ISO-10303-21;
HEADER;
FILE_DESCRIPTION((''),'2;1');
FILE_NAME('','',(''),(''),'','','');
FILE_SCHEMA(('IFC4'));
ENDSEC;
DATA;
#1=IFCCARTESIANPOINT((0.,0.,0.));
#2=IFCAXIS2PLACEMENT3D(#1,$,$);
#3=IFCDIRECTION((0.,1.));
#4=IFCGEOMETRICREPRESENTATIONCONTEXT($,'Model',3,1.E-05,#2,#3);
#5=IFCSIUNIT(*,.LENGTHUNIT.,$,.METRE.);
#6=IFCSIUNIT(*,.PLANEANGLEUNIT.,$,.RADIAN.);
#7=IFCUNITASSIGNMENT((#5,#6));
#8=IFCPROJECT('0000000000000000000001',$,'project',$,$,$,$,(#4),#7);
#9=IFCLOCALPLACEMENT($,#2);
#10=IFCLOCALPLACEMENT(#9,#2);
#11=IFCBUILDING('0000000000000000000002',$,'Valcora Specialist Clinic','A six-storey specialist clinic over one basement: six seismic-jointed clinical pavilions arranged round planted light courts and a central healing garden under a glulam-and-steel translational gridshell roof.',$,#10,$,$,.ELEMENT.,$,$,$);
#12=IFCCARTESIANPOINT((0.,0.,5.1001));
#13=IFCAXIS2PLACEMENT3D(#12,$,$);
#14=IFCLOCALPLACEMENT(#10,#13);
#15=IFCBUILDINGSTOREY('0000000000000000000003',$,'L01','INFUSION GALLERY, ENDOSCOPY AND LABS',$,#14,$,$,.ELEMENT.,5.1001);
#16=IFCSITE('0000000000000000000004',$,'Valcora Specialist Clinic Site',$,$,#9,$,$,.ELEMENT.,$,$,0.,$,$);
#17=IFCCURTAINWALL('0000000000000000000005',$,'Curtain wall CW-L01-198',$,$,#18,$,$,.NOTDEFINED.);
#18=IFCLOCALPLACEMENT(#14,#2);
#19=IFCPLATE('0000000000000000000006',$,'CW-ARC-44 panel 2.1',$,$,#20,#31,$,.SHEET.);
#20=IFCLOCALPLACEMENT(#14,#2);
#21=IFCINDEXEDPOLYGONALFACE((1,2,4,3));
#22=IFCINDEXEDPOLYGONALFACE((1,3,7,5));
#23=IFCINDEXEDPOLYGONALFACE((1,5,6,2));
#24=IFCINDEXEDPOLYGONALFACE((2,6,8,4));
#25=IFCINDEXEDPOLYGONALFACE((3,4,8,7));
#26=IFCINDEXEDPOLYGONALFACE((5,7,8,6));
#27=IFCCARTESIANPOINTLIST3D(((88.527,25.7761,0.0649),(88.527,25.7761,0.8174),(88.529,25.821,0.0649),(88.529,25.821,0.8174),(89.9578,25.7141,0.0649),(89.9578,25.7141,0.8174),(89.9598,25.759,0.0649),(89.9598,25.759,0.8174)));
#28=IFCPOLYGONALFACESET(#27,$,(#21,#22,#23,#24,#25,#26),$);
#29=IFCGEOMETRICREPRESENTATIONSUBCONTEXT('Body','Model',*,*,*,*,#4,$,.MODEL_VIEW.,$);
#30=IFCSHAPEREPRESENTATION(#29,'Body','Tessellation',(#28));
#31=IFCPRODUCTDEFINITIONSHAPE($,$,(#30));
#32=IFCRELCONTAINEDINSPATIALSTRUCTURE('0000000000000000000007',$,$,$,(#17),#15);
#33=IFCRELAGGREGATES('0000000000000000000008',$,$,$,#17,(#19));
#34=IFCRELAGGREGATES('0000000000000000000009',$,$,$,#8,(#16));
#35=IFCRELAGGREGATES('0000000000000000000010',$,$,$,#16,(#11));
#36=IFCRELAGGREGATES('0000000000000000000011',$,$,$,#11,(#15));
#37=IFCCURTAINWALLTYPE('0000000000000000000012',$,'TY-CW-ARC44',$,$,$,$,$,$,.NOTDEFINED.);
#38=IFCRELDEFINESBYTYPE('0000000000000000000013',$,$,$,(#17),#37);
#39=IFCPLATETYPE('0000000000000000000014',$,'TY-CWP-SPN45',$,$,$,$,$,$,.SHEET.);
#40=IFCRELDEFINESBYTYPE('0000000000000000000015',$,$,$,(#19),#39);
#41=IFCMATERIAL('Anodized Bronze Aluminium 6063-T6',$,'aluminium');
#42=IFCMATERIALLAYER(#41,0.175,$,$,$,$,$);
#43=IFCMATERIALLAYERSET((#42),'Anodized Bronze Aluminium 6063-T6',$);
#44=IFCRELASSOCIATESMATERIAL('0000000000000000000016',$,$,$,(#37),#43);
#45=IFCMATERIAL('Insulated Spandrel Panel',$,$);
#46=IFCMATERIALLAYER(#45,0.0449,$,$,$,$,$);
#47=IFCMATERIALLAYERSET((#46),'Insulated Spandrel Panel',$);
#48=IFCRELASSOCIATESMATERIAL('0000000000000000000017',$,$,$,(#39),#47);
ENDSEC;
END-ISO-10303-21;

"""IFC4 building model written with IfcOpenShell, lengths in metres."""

from ifc_helpers import new_model, si_unit, direction, frame, origin, origin_2d, place, context, subcontext, project, spatial, rectangle, extrude, material, layer, layer_set, type_object, element, aggregate, save


model = new_model("IFC4")

# Units and contexts
model_context = context("Model", 3, precision=1e-05, world=origin(), true_north=direction((0.0, 1.0)))
body_context = subcontext(model_context, "Body", "Model", "MODEL_VIEW")
ifc_project = project(units=[si_unit("LENGTHUNIT", "METRE"), si_unit("PLANEANGLEUNIT", "RADIAN")], contexts=[model_context])

# Site, building, storey
site_placement = place(None, origin())
site = spatial("IfcSite", under=ifc_project, at=site_placement, Name="Valcora Specialist Clinic Site", CompositionType="ELEMENT", RefElevation=0.0)
building_placement = place(site_placement, origin())
building = spatial("IfcBuilding", under=site, at=building_placement, Name="Valcora Specialist Clinic", Description="A six-storey specialist clinic over one basement: six seismic-jointed clinical pavilions arranged round planted light courts and a central healing garden under a glulam-and-steel translational gridshell roof.", CompositionType="ELEMENT")
storey_placement = place(building_placement, frame((0.0, 0.0, 5.1001)))
storey = spatial("IfcBuildingStorey", under=building, at=storey_placement, Name="L01", Description="INFUSION GALLERY, ENDOSCOPY AND LABS", CompositionType="ELEMENT", Elevation=5.1001)

# Curtain wall
ifc_material_1 = material(Name="Anodized Bronze Aluminium 6063-T6", Category="aluminium")
ifc_layer_1 = layer(ifc_material_1, 0.175)
ifc_layer_set_1 = layer_set([ifc_layer_1], Name="Anodized Bronze Aluminium 6063-T6")
curtain_wall_type = type_object("IfcCurtainWallType", Name="TY-CW-ARC44", PredefinedType="NOTDEFINED", material=ifc_layer_set_1)
curtain_wall_1_placement = place(storey_placement, origin())
curtain_wall_1 = element("IfcCurtainWall", 1, at=curtain_wall_1_placement, inside=storey, type_object=curtain_wall_type, Name="Curtain wall CW-L01-198", PredefinedType="NOTDEFINED")

# Plate
ifc_material_2 = material(Name="Insulated Spandrel Panel")
ifc_layer_2 = layer(ifc_material_2, 0.0449)
ifc_layer_set_2 = layer_set([ifc_layer_2], Name="Insulated Spandrel Panel")
plate_type_1 = type_object("IfcPlateType", Name="TY-CWP-SPN45", PredefinedType="SHEET", material=ifc_layer_set_2)
plate_1_placement = place(storey_placement, frame((89.2434, 25.7676, 0.0649), z_axis=(0.0, 0.0, 1.0), x_axis=(0.999062, -0.043307, 0.0)))
plate_1 = element("IfcPlate", 2, at=plate_1_placement, type_object=plate_type_1, Name="CW-ARC-44 panel 2.1", PredefinedType="SHEET", context=body_context, shape_type="SweptSolid", body=[
    extrude(rectangle(XDim=1.4321, YDim=0.0449, at=origin_2d()), origin(), (0.0, 0.0, 1.0), 0.7524),
])
aggregate(curtain_wall_1, [plate_1])

save(model, "model.ifc")
